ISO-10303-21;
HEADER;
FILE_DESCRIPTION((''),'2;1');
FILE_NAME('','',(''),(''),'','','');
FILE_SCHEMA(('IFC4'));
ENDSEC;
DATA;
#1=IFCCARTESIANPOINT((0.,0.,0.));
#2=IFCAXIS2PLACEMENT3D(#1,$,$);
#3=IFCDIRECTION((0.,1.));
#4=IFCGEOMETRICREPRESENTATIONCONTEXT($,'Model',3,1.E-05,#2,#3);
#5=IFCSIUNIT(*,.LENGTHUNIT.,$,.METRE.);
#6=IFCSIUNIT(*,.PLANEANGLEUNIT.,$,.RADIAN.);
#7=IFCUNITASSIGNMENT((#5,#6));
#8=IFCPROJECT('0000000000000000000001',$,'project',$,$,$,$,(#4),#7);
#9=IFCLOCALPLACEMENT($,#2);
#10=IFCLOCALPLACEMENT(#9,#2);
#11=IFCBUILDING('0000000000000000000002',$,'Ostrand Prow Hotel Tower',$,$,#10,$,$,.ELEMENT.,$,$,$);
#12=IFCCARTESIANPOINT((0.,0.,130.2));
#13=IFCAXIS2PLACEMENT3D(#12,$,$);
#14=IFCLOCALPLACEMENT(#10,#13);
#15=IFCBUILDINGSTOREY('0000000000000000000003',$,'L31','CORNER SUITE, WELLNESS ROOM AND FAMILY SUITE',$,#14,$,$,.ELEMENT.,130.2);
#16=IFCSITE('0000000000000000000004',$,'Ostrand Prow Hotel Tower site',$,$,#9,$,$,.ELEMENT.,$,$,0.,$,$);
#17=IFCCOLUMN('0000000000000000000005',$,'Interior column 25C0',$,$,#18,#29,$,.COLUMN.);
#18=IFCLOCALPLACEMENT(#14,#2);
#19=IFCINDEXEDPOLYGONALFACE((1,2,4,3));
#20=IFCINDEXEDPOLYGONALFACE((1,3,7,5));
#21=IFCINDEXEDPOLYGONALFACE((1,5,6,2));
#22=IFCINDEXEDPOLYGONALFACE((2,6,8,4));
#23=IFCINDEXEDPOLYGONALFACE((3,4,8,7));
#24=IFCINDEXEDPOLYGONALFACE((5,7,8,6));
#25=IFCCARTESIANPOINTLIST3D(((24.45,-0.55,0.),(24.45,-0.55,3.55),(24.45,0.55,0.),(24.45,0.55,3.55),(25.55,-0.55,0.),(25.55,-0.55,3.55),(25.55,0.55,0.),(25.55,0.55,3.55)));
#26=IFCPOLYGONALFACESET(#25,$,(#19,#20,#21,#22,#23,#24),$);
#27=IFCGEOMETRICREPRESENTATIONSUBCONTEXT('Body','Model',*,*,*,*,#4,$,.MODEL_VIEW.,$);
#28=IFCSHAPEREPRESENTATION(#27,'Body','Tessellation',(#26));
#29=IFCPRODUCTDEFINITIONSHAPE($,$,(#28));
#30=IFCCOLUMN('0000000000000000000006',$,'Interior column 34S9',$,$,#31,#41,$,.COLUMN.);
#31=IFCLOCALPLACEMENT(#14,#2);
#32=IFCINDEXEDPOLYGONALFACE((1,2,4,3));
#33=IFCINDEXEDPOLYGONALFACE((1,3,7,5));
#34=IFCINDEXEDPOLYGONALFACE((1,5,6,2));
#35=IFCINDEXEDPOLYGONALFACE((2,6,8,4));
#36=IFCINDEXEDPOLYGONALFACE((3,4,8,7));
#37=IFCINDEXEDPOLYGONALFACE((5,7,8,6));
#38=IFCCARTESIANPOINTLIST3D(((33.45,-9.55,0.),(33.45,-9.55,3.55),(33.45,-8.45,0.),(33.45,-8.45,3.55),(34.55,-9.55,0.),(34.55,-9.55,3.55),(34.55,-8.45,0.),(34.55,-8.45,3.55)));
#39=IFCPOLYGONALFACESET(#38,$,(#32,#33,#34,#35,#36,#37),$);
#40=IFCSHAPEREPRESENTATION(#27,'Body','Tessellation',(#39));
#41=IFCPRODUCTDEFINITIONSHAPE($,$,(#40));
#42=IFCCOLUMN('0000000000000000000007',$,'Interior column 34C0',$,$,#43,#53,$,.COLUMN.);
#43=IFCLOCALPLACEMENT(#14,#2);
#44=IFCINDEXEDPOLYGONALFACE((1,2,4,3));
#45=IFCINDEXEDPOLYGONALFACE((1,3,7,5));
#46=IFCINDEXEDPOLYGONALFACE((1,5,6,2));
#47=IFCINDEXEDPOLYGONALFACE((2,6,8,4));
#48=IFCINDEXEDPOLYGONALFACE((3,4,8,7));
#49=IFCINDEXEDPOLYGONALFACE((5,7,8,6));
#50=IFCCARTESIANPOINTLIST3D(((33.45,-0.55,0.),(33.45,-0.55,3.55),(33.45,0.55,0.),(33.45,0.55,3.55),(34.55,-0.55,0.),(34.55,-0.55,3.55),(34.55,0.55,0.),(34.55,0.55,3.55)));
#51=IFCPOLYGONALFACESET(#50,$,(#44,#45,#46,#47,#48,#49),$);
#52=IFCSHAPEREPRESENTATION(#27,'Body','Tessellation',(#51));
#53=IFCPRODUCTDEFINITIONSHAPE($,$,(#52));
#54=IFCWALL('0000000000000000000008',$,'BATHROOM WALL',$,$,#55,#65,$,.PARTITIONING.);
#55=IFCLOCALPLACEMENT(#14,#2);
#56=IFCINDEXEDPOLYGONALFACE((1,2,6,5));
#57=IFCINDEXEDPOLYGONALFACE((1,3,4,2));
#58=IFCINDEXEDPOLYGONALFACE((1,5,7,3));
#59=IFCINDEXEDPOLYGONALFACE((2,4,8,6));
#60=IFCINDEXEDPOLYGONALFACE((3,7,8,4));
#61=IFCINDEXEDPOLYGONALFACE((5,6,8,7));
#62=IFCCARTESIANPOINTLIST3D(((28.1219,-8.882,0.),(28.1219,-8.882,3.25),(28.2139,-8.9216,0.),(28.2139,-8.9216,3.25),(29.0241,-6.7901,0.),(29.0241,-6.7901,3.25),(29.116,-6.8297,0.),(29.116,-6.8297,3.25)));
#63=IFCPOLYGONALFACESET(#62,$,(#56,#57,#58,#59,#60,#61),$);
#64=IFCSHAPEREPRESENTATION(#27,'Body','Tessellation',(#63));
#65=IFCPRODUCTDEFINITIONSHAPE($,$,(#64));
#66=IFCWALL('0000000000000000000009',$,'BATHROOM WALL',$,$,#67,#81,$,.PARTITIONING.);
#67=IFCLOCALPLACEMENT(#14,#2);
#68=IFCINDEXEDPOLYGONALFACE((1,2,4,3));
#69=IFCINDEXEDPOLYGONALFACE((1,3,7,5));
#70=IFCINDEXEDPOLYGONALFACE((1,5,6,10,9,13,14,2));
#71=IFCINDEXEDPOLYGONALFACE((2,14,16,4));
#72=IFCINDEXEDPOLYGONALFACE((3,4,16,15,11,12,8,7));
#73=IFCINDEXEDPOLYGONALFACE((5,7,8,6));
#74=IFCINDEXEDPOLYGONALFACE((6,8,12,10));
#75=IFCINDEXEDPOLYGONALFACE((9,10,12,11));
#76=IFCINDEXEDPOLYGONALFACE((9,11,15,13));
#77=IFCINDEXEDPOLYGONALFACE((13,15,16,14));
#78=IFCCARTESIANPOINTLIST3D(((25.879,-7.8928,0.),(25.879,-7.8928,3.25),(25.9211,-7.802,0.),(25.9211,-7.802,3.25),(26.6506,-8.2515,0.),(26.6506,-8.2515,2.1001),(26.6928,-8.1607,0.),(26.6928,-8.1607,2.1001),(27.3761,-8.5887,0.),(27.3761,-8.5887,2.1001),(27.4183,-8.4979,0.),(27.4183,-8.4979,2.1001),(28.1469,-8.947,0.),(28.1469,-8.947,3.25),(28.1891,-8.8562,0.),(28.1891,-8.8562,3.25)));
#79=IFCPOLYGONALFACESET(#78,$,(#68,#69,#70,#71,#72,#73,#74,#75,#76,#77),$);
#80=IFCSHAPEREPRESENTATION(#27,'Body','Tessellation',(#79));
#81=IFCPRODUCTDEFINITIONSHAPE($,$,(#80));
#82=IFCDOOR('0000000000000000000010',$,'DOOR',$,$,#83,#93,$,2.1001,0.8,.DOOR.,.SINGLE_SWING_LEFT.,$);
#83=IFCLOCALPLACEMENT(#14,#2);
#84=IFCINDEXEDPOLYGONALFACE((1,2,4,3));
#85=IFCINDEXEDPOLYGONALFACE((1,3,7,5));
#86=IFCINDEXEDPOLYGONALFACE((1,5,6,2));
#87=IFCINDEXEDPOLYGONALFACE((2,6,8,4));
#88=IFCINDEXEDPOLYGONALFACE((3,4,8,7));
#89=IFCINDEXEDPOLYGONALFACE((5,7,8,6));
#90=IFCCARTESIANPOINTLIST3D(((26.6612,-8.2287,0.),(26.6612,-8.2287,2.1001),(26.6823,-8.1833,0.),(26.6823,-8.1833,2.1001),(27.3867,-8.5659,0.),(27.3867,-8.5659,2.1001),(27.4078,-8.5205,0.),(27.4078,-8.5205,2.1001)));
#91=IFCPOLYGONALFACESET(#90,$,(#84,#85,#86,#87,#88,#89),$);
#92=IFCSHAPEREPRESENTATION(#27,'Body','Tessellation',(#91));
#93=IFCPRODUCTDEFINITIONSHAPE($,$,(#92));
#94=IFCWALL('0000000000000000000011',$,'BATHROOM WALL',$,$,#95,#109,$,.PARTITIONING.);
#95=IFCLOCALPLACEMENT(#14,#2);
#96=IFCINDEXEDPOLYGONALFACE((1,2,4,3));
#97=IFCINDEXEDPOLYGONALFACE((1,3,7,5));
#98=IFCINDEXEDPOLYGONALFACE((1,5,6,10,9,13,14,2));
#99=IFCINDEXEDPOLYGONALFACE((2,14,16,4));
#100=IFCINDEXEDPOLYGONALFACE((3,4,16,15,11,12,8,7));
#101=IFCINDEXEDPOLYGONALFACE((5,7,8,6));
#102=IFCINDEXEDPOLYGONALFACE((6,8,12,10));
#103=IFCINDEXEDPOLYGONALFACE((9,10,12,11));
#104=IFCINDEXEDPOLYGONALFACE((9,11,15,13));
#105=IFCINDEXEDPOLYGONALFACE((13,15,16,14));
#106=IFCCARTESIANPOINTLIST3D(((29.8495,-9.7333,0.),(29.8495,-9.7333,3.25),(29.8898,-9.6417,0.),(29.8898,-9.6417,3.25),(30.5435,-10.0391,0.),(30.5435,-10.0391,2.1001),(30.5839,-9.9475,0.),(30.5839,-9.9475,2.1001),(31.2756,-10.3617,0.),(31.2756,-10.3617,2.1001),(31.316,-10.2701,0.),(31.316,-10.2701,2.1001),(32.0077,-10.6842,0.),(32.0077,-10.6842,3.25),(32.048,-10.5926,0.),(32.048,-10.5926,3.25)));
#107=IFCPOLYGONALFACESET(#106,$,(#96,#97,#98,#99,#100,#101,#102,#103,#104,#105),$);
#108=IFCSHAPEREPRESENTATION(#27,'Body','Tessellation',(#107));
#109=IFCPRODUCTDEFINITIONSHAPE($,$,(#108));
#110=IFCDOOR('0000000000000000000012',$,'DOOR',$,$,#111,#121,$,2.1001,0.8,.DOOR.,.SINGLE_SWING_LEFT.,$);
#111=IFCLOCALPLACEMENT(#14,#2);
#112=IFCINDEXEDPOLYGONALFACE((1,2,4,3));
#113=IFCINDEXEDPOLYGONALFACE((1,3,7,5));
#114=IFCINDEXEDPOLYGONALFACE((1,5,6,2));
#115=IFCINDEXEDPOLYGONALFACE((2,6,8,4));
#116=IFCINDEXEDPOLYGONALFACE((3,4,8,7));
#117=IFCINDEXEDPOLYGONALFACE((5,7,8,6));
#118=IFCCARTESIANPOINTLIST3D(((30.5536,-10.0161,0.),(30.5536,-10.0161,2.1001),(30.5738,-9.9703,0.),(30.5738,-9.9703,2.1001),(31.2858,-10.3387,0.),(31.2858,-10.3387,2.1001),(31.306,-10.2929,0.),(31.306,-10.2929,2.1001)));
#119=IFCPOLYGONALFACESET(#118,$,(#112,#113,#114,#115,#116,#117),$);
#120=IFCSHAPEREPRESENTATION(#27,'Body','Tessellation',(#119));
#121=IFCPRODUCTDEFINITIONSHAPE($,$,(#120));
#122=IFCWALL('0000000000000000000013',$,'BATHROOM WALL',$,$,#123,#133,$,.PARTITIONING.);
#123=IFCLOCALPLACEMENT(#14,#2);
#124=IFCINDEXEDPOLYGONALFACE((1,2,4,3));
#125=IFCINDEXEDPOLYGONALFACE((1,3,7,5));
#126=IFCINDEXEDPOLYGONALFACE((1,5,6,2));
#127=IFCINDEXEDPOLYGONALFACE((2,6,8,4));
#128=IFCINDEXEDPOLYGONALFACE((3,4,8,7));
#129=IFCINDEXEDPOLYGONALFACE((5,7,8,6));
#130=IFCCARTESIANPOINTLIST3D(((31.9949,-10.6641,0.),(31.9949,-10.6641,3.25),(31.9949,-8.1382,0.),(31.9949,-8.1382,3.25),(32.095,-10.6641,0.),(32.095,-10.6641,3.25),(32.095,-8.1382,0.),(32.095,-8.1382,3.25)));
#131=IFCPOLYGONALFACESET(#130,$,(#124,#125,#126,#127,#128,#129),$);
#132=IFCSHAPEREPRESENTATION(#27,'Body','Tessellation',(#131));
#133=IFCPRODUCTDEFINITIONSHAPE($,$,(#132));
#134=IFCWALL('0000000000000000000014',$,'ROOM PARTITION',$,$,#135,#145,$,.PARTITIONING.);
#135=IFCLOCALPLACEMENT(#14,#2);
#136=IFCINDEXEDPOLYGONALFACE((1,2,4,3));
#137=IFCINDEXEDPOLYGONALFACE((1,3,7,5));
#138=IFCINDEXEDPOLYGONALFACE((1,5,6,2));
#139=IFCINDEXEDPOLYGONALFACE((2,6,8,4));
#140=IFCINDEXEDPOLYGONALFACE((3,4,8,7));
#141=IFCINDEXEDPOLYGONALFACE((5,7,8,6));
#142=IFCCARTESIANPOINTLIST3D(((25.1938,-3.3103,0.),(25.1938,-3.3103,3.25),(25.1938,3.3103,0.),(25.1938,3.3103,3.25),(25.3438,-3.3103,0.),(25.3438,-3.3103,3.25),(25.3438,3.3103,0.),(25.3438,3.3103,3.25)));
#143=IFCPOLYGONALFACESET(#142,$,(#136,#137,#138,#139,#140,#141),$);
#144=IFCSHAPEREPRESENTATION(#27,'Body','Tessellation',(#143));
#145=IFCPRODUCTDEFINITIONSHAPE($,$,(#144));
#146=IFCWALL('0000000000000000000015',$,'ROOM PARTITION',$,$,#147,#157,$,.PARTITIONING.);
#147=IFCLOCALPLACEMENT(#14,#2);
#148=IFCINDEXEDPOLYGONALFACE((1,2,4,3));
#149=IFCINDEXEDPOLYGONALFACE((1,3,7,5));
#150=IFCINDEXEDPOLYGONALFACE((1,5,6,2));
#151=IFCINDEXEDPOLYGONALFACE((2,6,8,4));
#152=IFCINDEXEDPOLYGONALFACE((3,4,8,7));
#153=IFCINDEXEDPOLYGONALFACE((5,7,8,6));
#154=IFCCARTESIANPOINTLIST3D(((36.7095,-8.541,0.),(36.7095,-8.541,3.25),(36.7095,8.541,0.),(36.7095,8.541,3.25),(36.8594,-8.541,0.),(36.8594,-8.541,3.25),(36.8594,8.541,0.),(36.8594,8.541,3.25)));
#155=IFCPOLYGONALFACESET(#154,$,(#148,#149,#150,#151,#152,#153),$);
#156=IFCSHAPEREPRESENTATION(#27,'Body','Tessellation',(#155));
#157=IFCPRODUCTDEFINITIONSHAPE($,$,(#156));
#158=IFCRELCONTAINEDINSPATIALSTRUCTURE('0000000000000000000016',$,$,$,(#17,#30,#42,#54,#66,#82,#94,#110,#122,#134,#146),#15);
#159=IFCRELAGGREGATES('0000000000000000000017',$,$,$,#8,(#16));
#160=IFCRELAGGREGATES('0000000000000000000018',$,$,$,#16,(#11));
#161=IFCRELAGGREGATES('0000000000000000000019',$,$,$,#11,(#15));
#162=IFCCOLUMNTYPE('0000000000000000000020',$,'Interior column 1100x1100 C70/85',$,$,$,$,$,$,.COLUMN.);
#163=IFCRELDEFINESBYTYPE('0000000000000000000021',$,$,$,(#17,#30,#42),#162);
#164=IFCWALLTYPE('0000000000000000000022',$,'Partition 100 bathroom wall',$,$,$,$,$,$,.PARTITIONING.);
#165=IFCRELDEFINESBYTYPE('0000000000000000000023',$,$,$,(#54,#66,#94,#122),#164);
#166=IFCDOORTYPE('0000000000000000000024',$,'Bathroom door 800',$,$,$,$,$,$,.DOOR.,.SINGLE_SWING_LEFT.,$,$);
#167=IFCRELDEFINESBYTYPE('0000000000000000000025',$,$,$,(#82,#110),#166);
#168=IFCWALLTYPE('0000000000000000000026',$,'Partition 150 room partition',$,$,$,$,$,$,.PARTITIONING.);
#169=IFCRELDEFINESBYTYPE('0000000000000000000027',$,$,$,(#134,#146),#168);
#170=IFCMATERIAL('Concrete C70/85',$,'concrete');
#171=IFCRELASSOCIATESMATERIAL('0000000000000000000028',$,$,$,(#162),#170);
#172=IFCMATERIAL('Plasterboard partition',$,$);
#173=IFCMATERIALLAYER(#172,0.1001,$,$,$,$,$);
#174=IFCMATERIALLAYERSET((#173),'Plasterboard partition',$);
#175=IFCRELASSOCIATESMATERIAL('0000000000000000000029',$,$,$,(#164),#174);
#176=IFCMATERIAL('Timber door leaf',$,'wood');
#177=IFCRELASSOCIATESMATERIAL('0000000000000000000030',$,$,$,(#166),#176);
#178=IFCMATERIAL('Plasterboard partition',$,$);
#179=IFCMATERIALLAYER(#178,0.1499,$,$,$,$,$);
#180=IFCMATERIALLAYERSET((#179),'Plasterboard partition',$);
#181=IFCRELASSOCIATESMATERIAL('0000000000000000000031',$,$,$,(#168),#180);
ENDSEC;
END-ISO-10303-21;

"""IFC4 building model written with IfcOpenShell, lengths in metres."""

from ifc_helpers import new_model, si_unit, direction, frame, frame_2d, origin, origin_2d, place, context, subcontext, project, spatial, rectangle, extrude, material, layer, layer_set, material_profile, profile_set, type_object, element, fill, save


model = new_model("IFC4")

# Units and contexts
model_context = context("Model", 3, precision=1e-05, world=origin(), true_north=direction((0.0, 1.0)))
body_context = subcontext(model_context, "Body", "Model", "MODEL_VIEW")
ifc_project = project(units=[si_unit("LENGTHUNIT", "METRE"), si_unit("PLANEANGLEUNIT", "RADIAN")], contexts=[model_context])

# Site, building, storey
site_placement = place(None, origin())
site = spatial("IfcSite", under=ifc_project, at=site_placement, Name="Ostrand Prow Hotel Tower site", CompositionType="ELEMENT", RefElevation=0.0)
building_placement = place(site_placement, origin())
building = spatial("IfcBuilding", under=site, at=building_placement, Name="Ostrand Prow Hotel Tower", CompositionType="ELEMENT")
storey_placement = place(building_placement, frame((0.0, 0.0, 130.2)))
storey = spatial("IfcBuildingStorey", under=building, at=storey_placement, Name="L31", Description="CORNER SUITE, WELLNESS ROOM AND FAMILY SUITE", CompositionType="ELEMENT", Elevation=130.2)

# Columns
ifc_material_1 = material(Name="Concrete C70/85", Category="concrete")
ifc_material_profile = material_profile(ifc_material_1, rectangle(XDim=1.1001, YDim=1.1001, at=origin_2d()), Name="RC 1100x1100")
ifc_profile_set = profile_set([ifc_material_profile], Name="Concrete C70/85")
column_type = type_object("IfcColumnType", Name="Interior column 1100x1100 C70/85", PredefinedType="COLUMN", material=ifc_profile_set)
for number, where, z_axis, x_axis, name in (
    (1, (25.0, 0.0, 0.0), (0.0, 0.0, 1.0), (1.0, 0.0, 0.0), "Interior column 25C0"),
    (2, (34.0, -9.0, 0.0), (0.0, 0.0, 1.0), (1.0, 0.0, 0.0), "Interior column 34S9"),
    (3, (34.0, 0.0, 0.0), (0.0, 0.0, 1.0), (1.0, 0.0, 0.0), "Interior column 34C0"),
):
    element("IfcColumn", number, at=place(storey_placement, frame(where, z_axis=z_axis, x_axis=x_axis)), inside=storey, type_object=column_type, Name=name, PredefinedType="COLUMN", context=body_context, shape_type="SweptSolid", body=[
        extrude(rectangle(XDim=1.1001, YDim=1.1001, at=origin_2d()), origin(), (0.0, 0.0, 1.0), 3.55),
    ])

# Wall
ifc_material_2 = material(Name="Plasterboard partition")
ifc_layer_1 = layer(ifc_material_2, 0.1001)
ifc_layer_set_1 = layer_set([ifc_layer_1], Name="Plasterboard partition")
wall_type_1 = type_object("IfcWallType", Name="Partition 100 bathroom wall", PredefinedType="PARTITIONING", material=ifc_layer_set_1)
wall_1_placement = place(storey_placement, frame((29.0701, -6.8098, 0.0), z_axis=(0.0, 0.0, 1.0), x_axis=(-0.396001, -0.91825, 0.0)))
element("IfcWall", 4, at=wall_1_placement, inside=storey, type_object=wall_type_1, Name="BATHROOM WALL", PredefinedType="PARTITIONING", context=body_context, shape_type="SweptSolid", body=[
    extrude(rectangle(XDim=2.2781, YDim=0.1001, at=frame_2d((1.1392, 0.0))), origin(), (0.0, 0.0, 1.0), 3.25),
])

# Walls, openings, doors
wall_2_placement = place(storey_placement, frame((28.168, -8.9016, 0.0), z_axis=(0.0, 0.0, 1.0), x_axis=(-0.906813, 0.421533, 0.0)))
wall_2 = element("IfcWall", 5, at=wall_2_placement, inside=storey, type_object=wall_type_1, Name="BATHROOM WALL", PredefinedType="PARTITIONING", context=body_context, shape_type="SweptSolid", body=[
    extrude(rectangle(XDim=2.501, YDim=0.1001, at=frame_2d((1.2505, 0.0))), origin(), (0.0, 0.0, 1.0), 3.25),
])
opening_1_placement = place(wall_2_placement, frame((0.8501, 0.0, 0.0)))
opening_1 = element("IfcOpeningElement", 6, at=opening_1_placement, cuts=wall_2, PredefinedType="OPENING", context=body_context, shape_type="SweptSolid", body=[
    extrude(rectangle(XDim=0.8, YDim=2.1001, at=frame_2d((0.3999, 1.05))), frame((0.0, 0.0601, 0.0), z_axis=(0.0, -1.0, 0.0), x_axis=(1.0, 0.0, 0.0)), (0.0, 0.0, 1.0), 0.1201),
])
ifc_material_3 = material(Name="Timber door leaf", Category="wood")
door_type_1 = type_object("IfcDoorType", Name="Bathroom door 800", OperationType="SINGLE_SWING_LEFT", PredefinedType="DOOR", material=ifc_material_3)
door_1_placement = place(opening_1_placement, origin())
door_1 = element("IfcDoor", 7, at=door_1_placement, inside=storey, type_object=door_type_1, Name="DOOR", OperationType="SINGLE_SWING_LEFT", OverallHeight=2.1001, OverallWidth=0.8, PredefinedType="DOOR", context=body_context, shape_type="SweptSolid", body=[
    extrude(rectangle(XDim=0.8, YDim=2.1001, at=frame_2d((0.3999, 1.05))), frame((0.0, 0.0249, 0.0), z_axis=(0.0, -1.0, 0.0), x_axis=(1.0, 0.0, 0.0)), (0.0, 0.0, 1.0), 0.05),
])
fill(opening_1, door_1)
wall_3_placement = place(storey_placement, frame((32.0278, -10.6384, 0.0), z_axis=(0.0, 0.0, 1.0), x_axis=(-0.915109, 0.403207, 0.0)))
wall_3 = element("IfcWall", 8, at=wall_3_placement, inside=storey, type_object=wall_type_1, Name="BATHROOM WALL", PredefinedType="PARTITIONING", context=body_context, shape_type="SweptSolid", body=[
    extrude(rectangle(XDim=2.3584, YDim=0.1001, at=frame_2d((1.1792, 0.0))), origin(), (0.0, 0.0, 1.0), 3.25),
])
opening_2_placement = place(wall_3_placement, frame((0.8, 0.0, 0.0)))
opening_2 = element("IfcOpeningElement", 9, at=opening_2_placement, cuts=wall_3, PredefinedType="OPENING", context=body_context, shape_type="SweptSolid", body=[
    extrude(rectangle(XDim=0.8, YDim=2.1001, at=frame_2d((0.3999, 1.05))), frame((0.0, 0.0601, 0.0), z_axis=(0.0, -1.0, 0.0), x_axis=(1.0, 0.0, 0.0)), (0.0, 0.0, 1.0), 0.1201),
])
door_2_placement = place(opening_2_placement, origin())
door_2 = element("IfcDoor", 10, at=door_2_placement, inside=storey, type_object=door_type_1, Name="DOOR", OperationType="SINGLE_SWING_LEFT", OverallHeight=2.1001, OverallWidth=0.8, PredefinedType="DOOR", context=body_context, shape_type="SweptSolid", body=[
    extrude(rectangle(XDim=0.8, YDim=2.1001, at=frame_2d((0.3999, 1.05))), frame((0.0, 0.0249, 0.0), z_axis=(0.0, -1.0, 0.0), x_axis=(1.0, 0.0, 0.0)), (0.0, 0.0, 1.0), 0.05),
])
fill(opening_2, door_2)

# Walls
wall_4_placement = place(storey_placement, frame((32.0449, -8.1382, 0.0), z_axis=(0.0, 0.0, 1.0), x_axis=(0.0, -1.0, 0.0)))
element("IfcWall", 11, at=wall_4_placement, inside=storey, type_object=wall_type_1, Name="BATHROOM WALL", PredefinedType="PARTITIONING", context=body_context, shape_type="SweptSolid", body=[
    extrude(rectangle(XDim=2.5259, YDim=0.1001, at=frame_2d((1.2629, 0.0))), origin(), (0.0, 0.0, 1.0), 3.25),
])
ifc_material_4 = material(Name="Plasterboard partition")
ifc_layer_2 = layer(ifc_material_4, 0.1499)
ifc_layer_set_2 = layer_set([ifc_layer_2], Name="Plasterboard partition")
wall_type_2 = type_object("IfcWallType", Name="Partition 150 room partition", PredefinedType="PARTITIONING", material=ifc_layer_set_2)
wall_5_placement = place(storey_placement, frame((25.2688, -3.3103, 0.0), z_axis=(0.0, 0.0, 1.0), x_axis=(0.0, 1.0, 0.0)))
element("IfcWall", 12, at=wall_5_placement, inside=storey, type_object=wall_type_2, Name="ROOM PARTITION", PredefinedType="PARTITIONING", context=body_context, shape_type="SweptSolid", body=[
    extrude(rectangle(XDim=6.6206, YDim=0.1499, at=frame_2d((3.3103, 0.0))), origin(), (0.0, 0.0, 1.0), 3.25),
])
wall_6_placement = place(storey_placement, frame((36.7844, -8.541, 0.0), z_axis=(0.0, 0.0, 1.0), x_axis=(0.0, 1.0, 0.0)))
element("IfcWall", 13, at=wall_6_placement, inside=storey, type_object=wall_type_2, Name="ROOM PARTITION", PredefinedType="PARTITIONING", context=body_context, shape_type="SweptSolid", body=[
    extrude(rectangle(XDim=17.082, YDim=0.1499, at=frame_2d((8.541, 0.0))), origin(), (0.0, 0.0, 1.0), 3.25),
])

save(model, "model.ifc")
